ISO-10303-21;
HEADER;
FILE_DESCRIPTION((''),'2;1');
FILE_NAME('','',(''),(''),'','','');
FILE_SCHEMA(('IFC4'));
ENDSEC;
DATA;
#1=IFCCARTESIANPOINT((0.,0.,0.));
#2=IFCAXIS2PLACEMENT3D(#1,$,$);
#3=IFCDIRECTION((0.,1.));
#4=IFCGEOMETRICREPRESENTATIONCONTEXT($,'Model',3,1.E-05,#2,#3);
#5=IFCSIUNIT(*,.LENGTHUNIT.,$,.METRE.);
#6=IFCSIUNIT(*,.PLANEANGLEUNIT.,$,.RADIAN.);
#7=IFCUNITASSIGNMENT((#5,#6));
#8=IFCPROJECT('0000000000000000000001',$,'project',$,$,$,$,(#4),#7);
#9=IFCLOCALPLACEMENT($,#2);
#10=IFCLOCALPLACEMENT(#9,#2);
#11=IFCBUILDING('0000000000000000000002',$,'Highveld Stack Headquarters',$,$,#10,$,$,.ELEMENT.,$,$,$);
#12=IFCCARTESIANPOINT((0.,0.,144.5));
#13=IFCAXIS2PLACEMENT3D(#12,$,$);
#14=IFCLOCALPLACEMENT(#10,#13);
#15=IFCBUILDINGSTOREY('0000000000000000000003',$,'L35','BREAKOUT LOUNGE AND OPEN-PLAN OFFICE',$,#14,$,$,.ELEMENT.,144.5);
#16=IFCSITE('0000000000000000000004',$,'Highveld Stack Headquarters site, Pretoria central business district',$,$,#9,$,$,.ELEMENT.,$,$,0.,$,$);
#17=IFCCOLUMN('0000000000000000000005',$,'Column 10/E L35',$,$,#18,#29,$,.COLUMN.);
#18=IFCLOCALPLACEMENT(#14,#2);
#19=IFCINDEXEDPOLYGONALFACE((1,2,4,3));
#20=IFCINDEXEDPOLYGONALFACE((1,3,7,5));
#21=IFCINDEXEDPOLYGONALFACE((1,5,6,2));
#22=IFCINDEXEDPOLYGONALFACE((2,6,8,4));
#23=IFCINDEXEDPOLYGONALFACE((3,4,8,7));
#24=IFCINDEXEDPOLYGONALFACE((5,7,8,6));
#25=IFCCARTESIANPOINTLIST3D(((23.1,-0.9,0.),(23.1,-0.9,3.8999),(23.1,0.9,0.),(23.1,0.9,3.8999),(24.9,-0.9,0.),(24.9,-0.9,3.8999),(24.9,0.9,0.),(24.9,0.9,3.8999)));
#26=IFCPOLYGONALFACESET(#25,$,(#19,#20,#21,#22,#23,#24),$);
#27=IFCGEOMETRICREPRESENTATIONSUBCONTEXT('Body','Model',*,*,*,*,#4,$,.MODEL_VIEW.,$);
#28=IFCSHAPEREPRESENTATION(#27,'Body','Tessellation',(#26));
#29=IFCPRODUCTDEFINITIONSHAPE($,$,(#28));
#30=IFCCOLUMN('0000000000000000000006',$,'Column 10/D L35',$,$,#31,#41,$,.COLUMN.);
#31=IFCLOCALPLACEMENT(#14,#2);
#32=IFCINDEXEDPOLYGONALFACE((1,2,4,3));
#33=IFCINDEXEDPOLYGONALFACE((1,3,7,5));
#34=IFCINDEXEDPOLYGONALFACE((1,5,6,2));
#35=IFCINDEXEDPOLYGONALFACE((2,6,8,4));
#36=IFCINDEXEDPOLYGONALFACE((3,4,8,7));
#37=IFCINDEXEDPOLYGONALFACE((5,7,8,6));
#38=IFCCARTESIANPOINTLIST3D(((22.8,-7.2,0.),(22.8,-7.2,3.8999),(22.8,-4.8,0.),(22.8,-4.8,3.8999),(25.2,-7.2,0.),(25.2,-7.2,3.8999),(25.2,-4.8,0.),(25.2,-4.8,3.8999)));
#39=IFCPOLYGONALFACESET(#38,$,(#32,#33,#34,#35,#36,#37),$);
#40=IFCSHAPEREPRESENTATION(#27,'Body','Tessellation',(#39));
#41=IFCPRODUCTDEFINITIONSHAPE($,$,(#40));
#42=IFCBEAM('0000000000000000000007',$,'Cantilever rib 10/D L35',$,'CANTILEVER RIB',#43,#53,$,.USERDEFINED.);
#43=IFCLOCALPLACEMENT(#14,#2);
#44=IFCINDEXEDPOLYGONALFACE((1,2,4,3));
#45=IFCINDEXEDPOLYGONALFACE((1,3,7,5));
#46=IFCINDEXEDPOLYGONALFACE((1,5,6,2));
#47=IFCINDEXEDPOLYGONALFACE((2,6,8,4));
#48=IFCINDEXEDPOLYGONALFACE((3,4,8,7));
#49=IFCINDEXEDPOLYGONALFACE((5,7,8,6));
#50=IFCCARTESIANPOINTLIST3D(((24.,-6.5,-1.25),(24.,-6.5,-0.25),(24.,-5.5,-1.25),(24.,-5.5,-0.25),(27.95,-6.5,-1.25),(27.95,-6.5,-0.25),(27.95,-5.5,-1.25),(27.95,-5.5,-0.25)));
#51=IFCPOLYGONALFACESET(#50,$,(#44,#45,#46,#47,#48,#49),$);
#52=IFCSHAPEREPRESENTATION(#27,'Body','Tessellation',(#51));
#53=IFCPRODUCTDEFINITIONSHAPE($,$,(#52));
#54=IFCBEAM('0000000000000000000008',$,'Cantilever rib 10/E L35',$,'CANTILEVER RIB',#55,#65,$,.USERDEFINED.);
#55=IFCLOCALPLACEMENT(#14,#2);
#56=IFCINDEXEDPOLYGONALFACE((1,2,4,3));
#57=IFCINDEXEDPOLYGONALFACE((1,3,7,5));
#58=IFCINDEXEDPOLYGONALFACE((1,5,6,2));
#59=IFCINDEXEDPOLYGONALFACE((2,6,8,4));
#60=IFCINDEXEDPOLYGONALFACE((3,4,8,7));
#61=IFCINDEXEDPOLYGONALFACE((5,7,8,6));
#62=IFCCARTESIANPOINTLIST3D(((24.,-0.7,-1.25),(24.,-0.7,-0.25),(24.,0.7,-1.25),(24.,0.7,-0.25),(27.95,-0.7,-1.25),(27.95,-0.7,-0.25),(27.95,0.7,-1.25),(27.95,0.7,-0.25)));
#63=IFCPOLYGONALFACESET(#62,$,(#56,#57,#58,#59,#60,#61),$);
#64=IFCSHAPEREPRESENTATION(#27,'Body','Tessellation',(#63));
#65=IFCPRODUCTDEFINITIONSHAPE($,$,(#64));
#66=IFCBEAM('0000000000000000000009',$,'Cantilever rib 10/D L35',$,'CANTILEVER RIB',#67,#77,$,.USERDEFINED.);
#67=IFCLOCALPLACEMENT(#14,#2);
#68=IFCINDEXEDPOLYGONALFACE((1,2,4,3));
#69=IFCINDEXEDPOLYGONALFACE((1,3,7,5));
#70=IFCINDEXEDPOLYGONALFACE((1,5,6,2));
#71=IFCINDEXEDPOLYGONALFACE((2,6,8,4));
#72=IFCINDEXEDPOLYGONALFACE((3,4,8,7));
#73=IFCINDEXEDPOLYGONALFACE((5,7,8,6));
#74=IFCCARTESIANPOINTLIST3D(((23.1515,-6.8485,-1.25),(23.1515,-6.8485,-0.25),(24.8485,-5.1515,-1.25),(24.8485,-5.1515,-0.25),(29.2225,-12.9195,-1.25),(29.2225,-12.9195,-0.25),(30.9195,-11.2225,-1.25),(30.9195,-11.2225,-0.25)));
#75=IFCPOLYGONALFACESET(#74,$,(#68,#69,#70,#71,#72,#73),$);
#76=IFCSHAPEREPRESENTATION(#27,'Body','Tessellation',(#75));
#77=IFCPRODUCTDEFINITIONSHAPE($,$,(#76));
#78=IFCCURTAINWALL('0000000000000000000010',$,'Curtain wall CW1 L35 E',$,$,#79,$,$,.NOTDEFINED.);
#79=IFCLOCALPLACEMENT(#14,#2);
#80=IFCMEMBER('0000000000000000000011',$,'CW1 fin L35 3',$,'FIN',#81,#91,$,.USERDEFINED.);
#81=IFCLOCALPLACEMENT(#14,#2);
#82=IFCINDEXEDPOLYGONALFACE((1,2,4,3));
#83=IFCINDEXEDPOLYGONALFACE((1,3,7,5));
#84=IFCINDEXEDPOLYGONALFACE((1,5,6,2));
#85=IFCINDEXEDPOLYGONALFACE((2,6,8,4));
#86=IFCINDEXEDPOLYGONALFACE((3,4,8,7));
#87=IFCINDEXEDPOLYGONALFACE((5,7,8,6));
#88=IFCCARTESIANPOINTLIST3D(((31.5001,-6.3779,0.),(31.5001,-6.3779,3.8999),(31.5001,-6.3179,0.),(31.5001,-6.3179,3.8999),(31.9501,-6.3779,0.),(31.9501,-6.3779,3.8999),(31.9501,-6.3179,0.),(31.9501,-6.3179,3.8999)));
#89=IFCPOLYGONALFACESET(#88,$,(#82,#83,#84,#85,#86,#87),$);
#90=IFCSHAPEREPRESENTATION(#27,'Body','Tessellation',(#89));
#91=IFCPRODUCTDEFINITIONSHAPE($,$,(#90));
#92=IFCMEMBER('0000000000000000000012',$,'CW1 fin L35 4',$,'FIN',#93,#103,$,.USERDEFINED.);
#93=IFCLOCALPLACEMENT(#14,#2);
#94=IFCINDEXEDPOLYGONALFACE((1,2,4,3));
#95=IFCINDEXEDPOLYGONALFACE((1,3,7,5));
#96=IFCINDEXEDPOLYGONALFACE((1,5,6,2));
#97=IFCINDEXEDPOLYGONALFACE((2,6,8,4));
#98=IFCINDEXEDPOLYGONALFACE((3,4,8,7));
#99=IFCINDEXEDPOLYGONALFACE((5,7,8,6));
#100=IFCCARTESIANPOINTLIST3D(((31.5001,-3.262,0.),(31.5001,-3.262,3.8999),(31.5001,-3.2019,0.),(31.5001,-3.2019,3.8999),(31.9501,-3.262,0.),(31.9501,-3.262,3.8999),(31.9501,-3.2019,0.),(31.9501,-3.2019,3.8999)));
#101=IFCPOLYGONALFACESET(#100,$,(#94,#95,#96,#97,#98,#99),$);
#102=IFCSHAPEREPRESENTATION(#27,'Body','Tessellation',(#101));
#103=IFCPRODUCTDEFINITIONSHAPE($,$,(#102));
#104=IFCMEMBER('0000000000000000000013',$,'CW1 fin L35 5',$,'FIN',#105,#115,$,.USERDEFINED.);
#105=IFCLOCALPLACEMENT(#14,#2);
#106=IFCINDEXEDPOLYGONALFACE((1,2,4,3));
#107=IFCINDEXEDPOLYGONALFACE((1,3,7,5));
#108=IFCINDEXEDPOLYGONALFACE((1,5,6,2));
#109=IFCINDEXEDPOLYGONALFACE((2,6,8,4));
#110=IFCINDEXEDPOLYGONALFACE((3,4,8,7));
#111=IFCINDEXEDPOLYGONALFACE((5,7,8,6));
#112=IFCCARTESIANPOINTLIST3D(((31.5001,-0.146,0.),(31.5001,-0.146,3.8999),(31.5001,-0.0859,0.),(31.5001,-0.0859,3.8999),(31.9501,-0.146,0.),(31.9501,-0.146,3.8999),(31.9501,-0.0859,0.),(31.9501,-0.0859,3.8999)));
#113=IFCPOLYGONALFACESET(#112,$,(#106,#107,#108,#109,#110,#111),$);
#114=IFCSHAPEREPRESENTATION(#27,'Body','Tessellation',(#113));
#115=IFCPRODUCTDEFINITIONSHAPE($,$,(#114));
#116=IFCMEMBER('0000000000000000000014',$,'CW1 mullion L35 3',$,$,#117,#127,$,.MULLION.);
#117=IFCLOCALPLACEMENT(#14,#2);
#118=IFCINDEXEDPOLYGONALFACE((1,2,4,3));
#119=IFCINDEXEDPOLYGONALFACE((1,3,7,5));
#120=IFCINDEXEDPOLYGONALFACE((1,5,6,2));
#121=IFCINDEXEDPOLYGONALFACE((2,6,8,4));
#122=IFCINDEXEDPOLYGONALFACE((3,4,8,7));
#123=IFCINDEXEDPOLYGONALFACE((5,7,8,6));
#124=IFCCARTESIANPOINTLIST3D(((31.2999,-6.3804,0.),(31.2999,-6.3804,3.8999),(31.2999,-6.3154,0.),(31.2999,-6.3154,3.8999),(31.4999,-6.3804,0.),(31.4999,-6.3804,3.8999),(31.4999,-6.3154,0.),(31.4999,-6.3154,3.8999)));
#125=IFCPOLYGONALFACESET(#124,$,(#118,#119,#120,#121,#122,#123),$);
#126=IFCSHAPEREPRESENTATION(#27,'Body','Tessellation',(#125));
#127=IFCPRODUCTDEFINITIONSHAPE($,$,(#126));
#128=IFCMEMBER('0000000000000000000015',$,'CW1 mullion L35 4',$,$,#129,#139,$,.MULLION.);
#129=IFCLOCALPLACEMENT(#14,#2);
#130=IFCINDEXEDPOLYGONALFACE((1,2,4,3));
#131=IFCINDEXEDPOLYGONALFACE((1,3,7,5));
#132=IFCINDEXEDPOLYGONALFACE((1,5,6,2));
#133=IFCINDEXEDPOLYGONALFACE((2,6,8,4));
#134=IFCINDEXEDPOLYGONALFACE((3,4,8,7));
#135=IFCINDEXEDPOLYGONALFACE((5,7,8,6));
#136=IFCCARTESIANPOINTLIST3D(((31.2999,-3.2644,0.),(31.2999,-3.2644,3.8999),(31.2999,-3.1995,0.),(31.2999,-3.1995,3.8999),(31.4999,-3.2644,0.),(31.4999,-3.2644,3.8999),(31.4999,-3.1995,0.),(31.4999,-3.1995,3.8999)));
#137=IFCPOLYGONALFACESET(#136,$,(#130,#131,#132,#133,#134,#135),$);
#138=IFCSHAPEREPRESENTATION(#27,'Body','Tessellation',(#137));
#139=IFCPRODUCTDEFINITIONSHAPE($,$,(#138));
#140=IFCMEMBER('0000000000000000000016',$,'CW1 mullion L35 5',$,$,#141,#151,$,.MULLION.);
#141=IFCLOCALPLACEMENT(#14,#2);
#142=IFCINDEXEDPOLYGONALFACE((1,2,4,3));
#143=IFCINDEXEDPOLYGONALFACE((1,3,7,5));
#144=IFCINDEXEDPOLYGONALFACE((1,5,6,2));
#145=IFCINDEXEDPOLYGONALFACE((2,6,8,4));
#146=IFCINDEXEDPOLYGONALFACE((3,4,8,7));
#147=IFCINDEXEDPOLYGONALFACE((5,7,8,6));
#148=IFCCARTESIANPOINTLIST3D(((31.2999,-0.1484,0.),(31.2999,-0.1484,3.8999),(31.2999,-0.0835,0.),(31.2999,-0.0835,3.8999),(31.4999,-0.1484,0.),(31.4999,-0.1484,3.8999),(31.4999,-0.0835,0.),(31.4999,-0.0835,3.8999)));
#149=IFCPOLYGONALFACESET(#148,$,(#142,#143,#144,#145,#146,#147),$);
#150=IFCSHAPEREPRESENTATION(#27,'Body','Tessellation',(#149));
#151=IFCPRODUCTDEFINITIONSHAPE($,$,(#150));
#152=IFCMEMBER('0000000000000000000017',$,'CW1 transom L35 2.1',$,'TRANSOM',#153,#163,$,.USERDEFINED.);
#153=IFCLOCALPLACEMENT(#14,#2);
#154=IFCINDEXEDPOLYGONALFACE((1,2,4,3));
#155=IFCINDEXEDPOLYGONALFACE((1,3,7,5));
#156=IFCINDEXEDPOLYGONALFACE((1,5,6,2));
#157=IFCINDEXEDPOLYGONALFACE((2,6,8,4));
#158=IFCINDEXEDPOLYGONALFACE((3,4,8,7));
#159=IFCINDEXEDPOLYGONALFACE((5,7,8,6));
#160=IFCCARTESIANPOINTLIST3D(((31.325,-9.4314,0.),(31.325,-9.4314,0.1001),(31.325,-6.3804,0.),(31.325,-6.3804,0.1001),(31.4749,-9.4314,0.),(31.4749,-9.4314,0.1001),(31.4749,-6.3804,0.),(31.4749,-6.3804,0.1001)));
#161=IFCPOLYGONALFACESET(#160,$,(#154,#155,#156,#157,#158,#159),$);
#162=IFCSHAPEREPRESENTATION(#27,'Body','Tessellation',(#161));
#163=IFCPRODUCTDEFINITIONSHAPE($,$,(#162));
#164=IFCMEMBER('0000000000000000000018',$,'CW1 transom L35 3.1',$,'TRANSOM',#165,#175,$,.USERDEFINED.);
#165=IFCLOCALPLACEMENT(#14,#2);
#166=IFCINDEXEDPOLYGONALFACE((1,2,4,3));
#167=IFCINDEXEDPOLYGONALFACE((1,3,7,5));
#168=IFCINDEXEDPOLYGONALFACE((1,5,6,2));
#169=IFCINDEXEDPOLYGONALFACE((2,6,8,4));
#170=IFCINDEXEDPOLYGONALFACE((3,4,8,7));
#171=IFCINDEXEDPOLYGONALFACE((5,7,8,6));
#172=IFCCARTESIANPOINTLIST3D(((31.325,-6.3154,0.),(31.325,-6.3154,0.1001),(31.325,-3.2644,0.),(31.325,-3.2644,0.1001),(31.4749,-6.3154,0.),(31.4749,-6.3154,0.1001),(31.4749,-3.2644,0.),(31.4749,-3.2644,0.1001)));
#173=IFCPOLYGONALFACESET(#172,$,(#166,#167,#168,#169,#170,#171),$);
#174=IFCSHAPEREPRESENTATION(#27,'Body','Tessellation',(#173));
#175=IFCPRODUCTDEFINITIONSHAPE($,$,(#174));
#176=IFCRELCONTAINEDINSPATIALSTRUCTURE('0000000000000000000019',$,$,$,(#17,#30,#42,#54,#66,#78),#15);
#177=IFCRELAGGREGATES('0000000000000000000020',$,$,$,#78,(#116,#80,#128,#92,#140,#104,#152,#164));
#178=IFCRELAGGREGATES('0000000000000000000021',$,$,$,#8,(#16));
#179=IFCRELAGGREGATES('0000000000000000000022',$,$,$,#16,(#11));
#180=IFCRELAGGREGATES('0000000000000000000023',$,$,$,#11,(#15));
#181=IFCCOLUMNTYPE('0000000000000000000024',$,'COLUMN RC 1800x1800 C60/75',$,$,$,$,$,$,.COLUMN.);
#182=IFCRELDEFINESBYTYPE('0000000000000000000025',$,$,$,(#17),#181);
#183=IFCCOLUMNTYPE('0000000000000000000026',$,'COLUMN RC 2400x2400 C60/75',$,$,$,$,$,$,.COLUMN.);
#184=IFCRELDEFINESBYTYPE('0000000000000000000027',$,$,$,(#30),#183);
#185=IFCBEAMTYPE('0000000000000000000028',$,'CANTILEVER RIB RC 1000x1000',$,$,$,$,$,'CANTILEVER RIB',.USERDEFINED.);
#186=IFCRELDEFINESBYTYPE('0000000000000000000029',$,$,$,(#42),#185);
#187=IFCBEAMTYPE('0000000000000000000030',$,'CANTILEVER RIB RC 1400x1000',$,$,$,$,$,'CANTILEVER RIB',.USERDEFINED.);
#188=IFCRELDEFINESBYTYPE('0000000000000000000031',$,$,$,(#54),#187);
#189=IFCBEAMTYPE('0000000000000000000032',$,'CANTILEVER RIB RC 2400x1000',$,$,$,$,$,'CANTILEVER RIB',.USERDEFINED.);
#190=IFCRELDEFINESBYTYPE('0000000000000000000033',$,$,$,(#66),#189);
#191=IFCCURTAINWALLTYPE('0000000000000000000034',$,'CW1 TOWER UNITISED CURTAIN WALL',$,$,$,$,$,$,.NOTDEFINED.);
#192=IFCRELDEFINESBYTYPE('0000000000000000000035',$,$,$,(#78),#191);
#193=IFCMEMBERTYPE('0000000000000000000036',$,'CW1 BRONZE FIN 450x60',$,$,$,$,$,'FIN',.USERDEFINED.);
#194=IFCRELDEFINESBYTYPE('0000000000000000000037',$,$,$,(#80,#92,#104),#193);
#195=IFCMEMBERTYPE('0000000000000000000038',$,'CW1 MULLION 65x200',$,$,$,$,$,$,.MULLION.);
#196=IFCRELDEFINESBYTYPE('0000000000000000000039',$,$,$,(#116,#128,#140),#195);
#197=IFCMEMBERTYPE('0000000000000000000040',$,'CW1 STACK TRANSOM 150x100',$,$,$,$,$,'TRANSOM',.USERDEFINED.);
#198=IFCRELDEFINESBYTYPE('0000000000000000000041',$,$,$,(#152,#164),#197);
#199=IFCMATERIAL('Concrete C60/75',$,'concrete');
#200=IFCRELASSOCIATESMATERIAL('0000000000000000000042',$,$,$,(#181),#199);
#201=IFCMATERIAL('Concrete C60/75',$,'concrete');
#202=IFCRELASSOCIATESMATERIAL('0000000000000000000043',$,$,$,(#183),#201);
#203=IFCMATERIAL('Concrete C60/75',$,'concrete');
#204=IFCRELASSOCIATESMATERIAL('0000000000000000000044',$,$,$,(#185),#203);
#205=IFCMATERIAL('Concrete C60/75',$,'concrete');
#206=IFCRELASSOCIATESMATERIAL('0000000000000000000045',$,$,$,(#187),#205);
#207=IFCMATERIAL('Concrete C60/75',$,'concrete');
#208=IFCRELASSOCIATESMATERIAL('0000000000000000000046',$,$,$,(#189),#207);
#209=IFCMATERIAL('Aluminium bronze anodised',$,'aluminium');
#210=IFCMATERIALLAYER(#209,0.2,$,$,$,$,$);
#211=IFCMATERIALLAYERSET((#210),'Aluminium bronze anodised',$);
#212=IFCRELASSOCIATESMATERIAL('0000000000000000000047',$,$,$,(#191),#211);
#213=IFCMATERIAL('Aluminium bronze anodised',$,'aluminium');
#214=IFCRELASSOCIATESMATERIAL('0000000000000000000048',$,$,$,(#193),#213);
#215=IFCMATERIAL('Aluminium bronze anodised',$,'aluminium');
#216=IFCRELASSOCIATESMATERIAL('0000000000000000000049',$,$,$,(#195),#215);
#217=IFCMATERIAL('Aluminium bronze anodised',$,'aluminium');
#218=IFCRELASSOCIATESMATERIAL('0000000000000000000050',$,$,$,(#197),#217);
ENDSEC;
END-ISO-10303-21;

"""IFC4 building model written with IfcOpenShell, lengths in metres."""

from ifc_helpers import new_model, si_unit, direction, frame, origin, origin_2d, place, context, subcontext, project, spatial, rectangle, extrude, material, layer, layer_set, material_profile, profile_set, type_object, element, aggregate, save


model = new_model("IFC4")

# Units and contexts
model_context = context("Model", 3, precision=1e-05, world=origin(), true_north=direction((0.0, 1.0)))
body_context = subcontext(model_context, "Body", "Model", "MODEL_VIEW")
ifc_project = project(units=[si_unit("LENGTHUNIT", "METRE"), si_unit("PLANEANGLEUNIT", "RADIAN")], contexts=[model_context])

# Site, building, storey
site_placement = place(None, origin())
site = spatial("IfcSite", under=ifc_project, at=site_placement, Name="Highveld Stack Headquarters site, Pretoria central business district", CompositionType="ELEMENT", RefElevation=0.0)
building_placement = place(site_placement, origin())
building = spatial("IfcBuilding", under=site, at=building_placement, Name="Highveld Stack Headquarters", CompositionType="ELEMENT")
storey_placement = place(building_placement, frame((0.0, 0.0, 144.5)))
storey = spatial("IfcBuildingStorey", under=building, at=storey_placement, Name="L35", Description="BREAKOUT LOUNGE AND OPEN-PLAN OFFICE", CompositionType="ELEMENT", Elevation=144.5)

# Columns
ifc_material_1 = material(Name="Concrete C60/75", Category="concrete")
ifc_material_profile_1 = material_profile(ifc_material_1, rectangle(XDim=1.8, YDim=1.8, at=origin_2d()), Name="RC 1800x1800")
ifc_profile_set_1 = profile_set([ifc_material_profile_1], Name="Concrete C60/75")
column_type_1 = type_object("IfcColumnType", Name="COLUMN RC 1800x1800 C60/75", PredefinedType="COLUMN", material=ifc_profile_set_1)
column_1_placement = place(storey_placement, frame((24.0, 0.0, 0.0), z_axis=(0.0, 0.0, 1.0), x_axis=(1.0, 0.0, 0.0)))
element("IfcColumn", 1, at=column_1_placement, inside=storey, type_object=column_type_1, Name="Column 10/E L35", PredefinedType="COLUMN", context=body_context, shape_type="SweptSolid", body=[
    extrude(rectangle(XDim=1.8, YDim=1.8, at=origin_2d()), origin(), (0.0, 0.0, 1.0), 3.8999),
])
ifc_material_2 = material(Name="Concrete C60/75", Category="concrete")
ifc_material_profile_2 = material_profile(ifc_material_2, rectangle(XDim=2.3999, YDim=2.3999, at=origin_2d()), Name="RC 2400x2400")
ifc_profile_set_2 = profile_set([ifc_material_profile_2], Name="Concrete C60/75")
column_type_2 = type_object("IfcColumnType", Name="COLUMN RC 2400x2400 C60/75", PredefinedType="COLUMN", material=ifc_profile_set_2)
column_2_placement = place(storey_placement, frame((24.0, -6.0, 0.0), z_axis=(0.0, 0.0, 1.0), x_axis=(1.0, 0.0, 0.0)))
element("IfcColumn", 2, at=column_2_placement, inside=storey, type_object=column_type_2, Name="Column 10/D L35", PredefinedType="COLUMN", context=body_context, shape_type="SweptSolid", body=[
    extrude(rectangle(XDim=2.3999, YDim=2.3999, at=origin_2d()), origin(), (0.0, 0.0, 1.0), 3.8999),
])

# Beams
ifc_material_3 = material(Name="Concrete C60/75", Category="concrete")
ifc_material_profile_3 = material_profile(ifc_material_3, rectangle(XDim=1.0, YDim=1.0, at=origin_2d()), Name="RC 1000x1000")
ifc_profile_set_3 = profile_set([ifc_material_profile_3], Name="Concrete C60/75")
beam_type_1 = type_object("IfcBeamType", Name="CANTILEVER RIB RC 1000x1000", ElementType="CANTILEVER RIB", PredefinedType="USERDEFINED", material=ifc_profile_set_3)
beam_1_placement = place(storey_placement, frame((24.0, -6.0, -0.75), z_axis=(1.0, 0.0, 0.0), x_axis=(0.0, 1.0, 0.0)))
element("IfcBeam", 3, at=beam_1_placement, inside=storey, type_object=beam_type_1, Name="Cantilever rib 10/D L35", ObjectType="CANTILEVER RIB", PredefinedType="USERDEFINED", context=body_context, shape_type="SweptSolid", body=[
    extrude(rectangle(XDim=1.0, YDim=1.0, at=origin_2d()), origin(), (0.0, 0.0, 1.0), 3.95),
])
ifc_material_4 = material(Name="Concrete C60/75", Category="concrete")
ifc_material_profile_4 = material_profile(ifc_material_4, rectangle(XDim=1.3999, YDim=1.0, at=origin_2d()), Name="RC 1400x1000")
ifc_profile_set_4 = profile_set([ifc_material_profile_4], Name="Concrete C60/75")
beam_type_2 = type_object("IfcBeamType", Name="CANTILEVER RIB RC 1400x1000", ElementType="CANTILEVER RIB", PredefinedType="USERDEFINED", material=ifc_profile_set_4)
beam_2_placement = place(storey_placement, frame((24.0, 0.0, -0.75), z_axis=(1.0, 0.0, 0.0), x_axis=(0.0, 1.0, 0.0)))
element("IfcBeam", 4, at=beam_2_placement, inside=storey, type_object=beam_type_2, Name="Cantilever rib 10/E L35", ObjectType="CANTILEVER RIB", PredefinedType="USERDEFINED", context=body_context, shape_type="SweptSolid", body=[
    extrude(rectangle(XDim=1.3999, YDim=1.0, at=origin_2d()), origin(), (0.0, 0.0, 1.0), 3.95),
])
ifc_material_5 = material(Name="Concrete C60/75", Category="concrete")
ifc_material_profile_5 = material_profile(ifc_material_5, rectangle(XDim=2.3999, YDim=1.0, at=origin_2d()), Name="RC 2400x1000")
ifc_profile_set_5 = profile_set([ifc_material_profile_5], Name="Concrete C60/75")
beam_type_3 = type_object("IfcBeamType", Name="CANTILEVER RIB RC 2400x1000", ElementType="CANTILEVER RIB", PredefinedType="USERDEFINED", material=ifc_profile_set_5)
beam_3_placement = place(storey_placement, frame((24.0, -6.0, -0.75), z_axis=(0.707107, -0.707107, 0.0), x_axis=(0.707107, 0.707107, 0.0)))
element("IfcBeam", 5, at=beam_3_placement, inside=storey, type_object=beam_type_3, Name="Cantilever rib 10/D L35", ObjectType="CANTILEVER RIB", PredefinedType="USERDEFINED", context=body_context, shape_type="SweptSolid", body=[
    extrude(rectangle(XDim=2.3999, YDim=1.0, at=origin_2d()), origin(), (0.0, 0.0, 1.0), 8.5857),
])

# Curtain wall, members
ifc_material_6 = material(Name="Aluminium bronze anodised", Category="aluminium")
ifc_layer_1 = layer(ifc_material_6, 0.2)
ifc_layer_set_1 = layer_set([ifc_layer_1], Name="Aluminium bronze anodised")
curtain_wall_type = type_object("IfcCurtainWallType", Name="CW1 TOWER UNITISED CURTAIN WALL", PredefinedType="NOTDEFINED", material=ifc_layer_set_1)
curtain_wall_placement = place(storey_placement, origin())
curtain_wall = element("IfcCurtainWall", 6, at=curtain_wall_placement, inside=storey, type_object=curtain_wall_type, Name="Curtain wall CW1 L35 E", PredefinedType="NOTDEFINED")
ifc_material_7 = material(Name="Aluminium bronze anodised", Category="aluminium")
ifc_material_profile_6 = material_profile(ifc_material_7, rectangle(XDim=0.45, YDim=0.0601, at=origin_2d()), Name="FIN 450x60")
ifc_profile_set_6 = profile_set([ifc_material_profile_6], Name="Aluminium bronze anodised")
member_type_1 = type_object("IfcMemberType", Name="CW1 BRONZE FIN 450x60", ElementType="FIN", PredefinedType="USERDEFINED", material=ifc_profile_set_6)
member_1_placement = place(storey_placement, frame((31.7251, -6.3479, 0.0), z_axis=(0.0, 0.0, 1.0), x_axis=(-1.0, 0.0, 0.0)))
member_1 = element("IfcMember", 7, at=member_1_placement, type_object=member_type_1, Name="CW1 fin L35 3", ObjectType="FIN", PredefinedType="USERDEFINED", context=body_context, shape_type="SweptSolid", body=[
    extrude(rectangle(XDim=0.45, YDim=0.0601, at=origin_2d()), origin(), (0.0, 0.0, 1.0), 3.8999),
])
member_2_placement = place(storey_placement, frame((31.7251, -3.2319, 0.0), z_axis=(0.0, 0.0, 1.0), x_axis=(-1.0, 0.0, 0.0)))
member_2 = element("IfcMember", 8, at=member_2_placement, type_object=member_type_1, Name="CW1 fin L35 4", ObjectType="FIN", PredefinedType="USERDEFINED", context=body_context, shape_type="SweptSolid", body=[
    extrude(rectangle(XDim=0.45, YDim=0.0601, at=origin_2d()), origin(), (0.0, 0.0, 1.0), 3.8999),
])
member_3_placement = place(storey_placement, frame((31.7251, -0.116, 0.0), z_axis=(0.0, 0.0, 1.0), x_axis=(-1.0, 0.0, 0.0)))
member_3 = element("IfcMember", 9, at=member_3_placement, type_object=member_type_1, Name="CW1 fin L35 5", ObjectType="FIN", PredefinedType="USERDEFINED", context=body_context, shape_type="SweptSolid", body=[
    extrude(rectangle(XDim=0.45, YDim=0.0601, at=origin_2d()), origin(), (0.0, 0.0, 1.0), 3.8999),
])
ifc_material_8 = material(Name="Aluminium bronze anodised", Category="aluminium")
ifc_material_profile_7 = material_profile(ifc_material_8, rectangle(XDim=0.2, YDim=0.0649, at=origin_2d()), Name="CW1 MULLION 65x200")
ifc_profile_set_7 = profile_set([ifc_material_profile_7], Name="Aluminium bronze anodised")
member_type_2 = type_object("IfcMemberType", Name="CW1 MULLION 65x200", PredefinedType="MULLION", material=ifc_profile_set_7)
member_4_placement = place(storey_placement, frame((31.3999, -6.3479, 0.0), z_axis=(0.0, 0.0, 1.0), x_axis=(-1.0, 0.0, 0.0)))
member_4 = element("IfcMember", 10, at=member_4_placement, type_object=member_type_2, Name="CW1 mullion L35 3", PredefinedType="MULLION", context=body_context, shape_type="SweptSolid", body=[
    extrude(rectangle(XDim=0.2, YDim=0.0649, at=origin_2d()), origin(), (0.0, 0.0, 1.0), 3.8999),
])
member_5_placement = place(storey_placement, frame((31.3999, -3.2319, 0.0), z_axis=(0.0, 0.0, 1.0), x_axis=(-1.0, 0.0, 0.0)))
member_5 = element("IfcMember", 11, at=member_5_placement, type_object=member_type_2, Name="CW1 mullion L35 4", PredefinedType="MULLION", context=body_context, shape_type="SweptSolid", body=[
    extrude(rectangle(XDim=0.2, YDim=0.0649, at=origin_2d()), origin(), (0.0, 0.0, 1.0), 3.8999),
])
member_6_placement = place(storey_placement, frame((31.3999, -0.116, 0.0), z_axis=(0.0, 0.0, 1.0), x_axis=(-1.0, 0.0, 0.0)))
member_6 = element("IfcMember", 12, at=member_6_placement, type_object=member_type_2, Name="CW1 mullion L35 5", PredefinedType="MULLION", context=body_context, shape_type="SweptSolid", body=[
    extrude(rectangle(XDim=0.2, YDim=0.0649, at=origin_2d()), origin(), (0.0, 0.0, 1.0), 3.8999),
])
ifc_material_9 = material(Name="Aluminium bronze anodised", Category="aluminium")
ifc_material_profile_8 = material_profile(ifc_material_9, rectangle(XDim=0.1499, YDim=0.1001, at=origin_2d()), Name="CW1 TRANSOM 150x100")
ifc_profile_set_8 = profile_set([ifc_material_profile_8], Name="Aluminium bronze anodised")
member_type_3 = type_object("IfcMemberType", Name="CW1 STACK TRANSOM 150x100", ElementType="TRANSOM", PredefinedType="USERDEFINED", material=ifc_profile_set_8)
member_7_placement = place(storey_placement, frame((31.3999, -9.4314, 0.05), z_axis=(0.0, 1.0, 0.0), x_axis=(-1.0, 0.0, 0.0)))
member_7 = element("IfcMember", 13, at=member_7_placement, type_object=member_type_3, Name="CW1 transom L35 2.1", ObjectType="TRANSOM", PredefinedType="USERDEFINED", context=body_context, shape_type="SweptSolid", body=[
    extrude(rectangle(XDim=0.1499, YDim=0.1001, at=origin_2d()), origin(), (0.0, 0.0, 1.0), 3.051),
])
member_8_placement = place(storey_placement, frame((31.3999, -6.3154, 0.05), z_axis=(0.0, 1.0, 0.0), x_axis=(-1.0, 0.0, 0.0)))
member_8 = element("IfcMember", 14, at=member_8_placement, type_object=member_type_3, Name="CW1 transom L35 3.1", ObjectType="TRANSOM", PredefinedType="USERDEFINED", context=body_context, shape_type="SweptSolid", body=[
    extrude(rectangle(XDim=0.1499, YDim=0.1001, at=origin_2d()), origin(), (0.0, 0.0, 1.0), 3.051),
])

aggregate(curtain_wall, [member_4, member_1, member_5, member_2, member_6, member_3, member_7, member_8])

save(model, "model.ifc")
